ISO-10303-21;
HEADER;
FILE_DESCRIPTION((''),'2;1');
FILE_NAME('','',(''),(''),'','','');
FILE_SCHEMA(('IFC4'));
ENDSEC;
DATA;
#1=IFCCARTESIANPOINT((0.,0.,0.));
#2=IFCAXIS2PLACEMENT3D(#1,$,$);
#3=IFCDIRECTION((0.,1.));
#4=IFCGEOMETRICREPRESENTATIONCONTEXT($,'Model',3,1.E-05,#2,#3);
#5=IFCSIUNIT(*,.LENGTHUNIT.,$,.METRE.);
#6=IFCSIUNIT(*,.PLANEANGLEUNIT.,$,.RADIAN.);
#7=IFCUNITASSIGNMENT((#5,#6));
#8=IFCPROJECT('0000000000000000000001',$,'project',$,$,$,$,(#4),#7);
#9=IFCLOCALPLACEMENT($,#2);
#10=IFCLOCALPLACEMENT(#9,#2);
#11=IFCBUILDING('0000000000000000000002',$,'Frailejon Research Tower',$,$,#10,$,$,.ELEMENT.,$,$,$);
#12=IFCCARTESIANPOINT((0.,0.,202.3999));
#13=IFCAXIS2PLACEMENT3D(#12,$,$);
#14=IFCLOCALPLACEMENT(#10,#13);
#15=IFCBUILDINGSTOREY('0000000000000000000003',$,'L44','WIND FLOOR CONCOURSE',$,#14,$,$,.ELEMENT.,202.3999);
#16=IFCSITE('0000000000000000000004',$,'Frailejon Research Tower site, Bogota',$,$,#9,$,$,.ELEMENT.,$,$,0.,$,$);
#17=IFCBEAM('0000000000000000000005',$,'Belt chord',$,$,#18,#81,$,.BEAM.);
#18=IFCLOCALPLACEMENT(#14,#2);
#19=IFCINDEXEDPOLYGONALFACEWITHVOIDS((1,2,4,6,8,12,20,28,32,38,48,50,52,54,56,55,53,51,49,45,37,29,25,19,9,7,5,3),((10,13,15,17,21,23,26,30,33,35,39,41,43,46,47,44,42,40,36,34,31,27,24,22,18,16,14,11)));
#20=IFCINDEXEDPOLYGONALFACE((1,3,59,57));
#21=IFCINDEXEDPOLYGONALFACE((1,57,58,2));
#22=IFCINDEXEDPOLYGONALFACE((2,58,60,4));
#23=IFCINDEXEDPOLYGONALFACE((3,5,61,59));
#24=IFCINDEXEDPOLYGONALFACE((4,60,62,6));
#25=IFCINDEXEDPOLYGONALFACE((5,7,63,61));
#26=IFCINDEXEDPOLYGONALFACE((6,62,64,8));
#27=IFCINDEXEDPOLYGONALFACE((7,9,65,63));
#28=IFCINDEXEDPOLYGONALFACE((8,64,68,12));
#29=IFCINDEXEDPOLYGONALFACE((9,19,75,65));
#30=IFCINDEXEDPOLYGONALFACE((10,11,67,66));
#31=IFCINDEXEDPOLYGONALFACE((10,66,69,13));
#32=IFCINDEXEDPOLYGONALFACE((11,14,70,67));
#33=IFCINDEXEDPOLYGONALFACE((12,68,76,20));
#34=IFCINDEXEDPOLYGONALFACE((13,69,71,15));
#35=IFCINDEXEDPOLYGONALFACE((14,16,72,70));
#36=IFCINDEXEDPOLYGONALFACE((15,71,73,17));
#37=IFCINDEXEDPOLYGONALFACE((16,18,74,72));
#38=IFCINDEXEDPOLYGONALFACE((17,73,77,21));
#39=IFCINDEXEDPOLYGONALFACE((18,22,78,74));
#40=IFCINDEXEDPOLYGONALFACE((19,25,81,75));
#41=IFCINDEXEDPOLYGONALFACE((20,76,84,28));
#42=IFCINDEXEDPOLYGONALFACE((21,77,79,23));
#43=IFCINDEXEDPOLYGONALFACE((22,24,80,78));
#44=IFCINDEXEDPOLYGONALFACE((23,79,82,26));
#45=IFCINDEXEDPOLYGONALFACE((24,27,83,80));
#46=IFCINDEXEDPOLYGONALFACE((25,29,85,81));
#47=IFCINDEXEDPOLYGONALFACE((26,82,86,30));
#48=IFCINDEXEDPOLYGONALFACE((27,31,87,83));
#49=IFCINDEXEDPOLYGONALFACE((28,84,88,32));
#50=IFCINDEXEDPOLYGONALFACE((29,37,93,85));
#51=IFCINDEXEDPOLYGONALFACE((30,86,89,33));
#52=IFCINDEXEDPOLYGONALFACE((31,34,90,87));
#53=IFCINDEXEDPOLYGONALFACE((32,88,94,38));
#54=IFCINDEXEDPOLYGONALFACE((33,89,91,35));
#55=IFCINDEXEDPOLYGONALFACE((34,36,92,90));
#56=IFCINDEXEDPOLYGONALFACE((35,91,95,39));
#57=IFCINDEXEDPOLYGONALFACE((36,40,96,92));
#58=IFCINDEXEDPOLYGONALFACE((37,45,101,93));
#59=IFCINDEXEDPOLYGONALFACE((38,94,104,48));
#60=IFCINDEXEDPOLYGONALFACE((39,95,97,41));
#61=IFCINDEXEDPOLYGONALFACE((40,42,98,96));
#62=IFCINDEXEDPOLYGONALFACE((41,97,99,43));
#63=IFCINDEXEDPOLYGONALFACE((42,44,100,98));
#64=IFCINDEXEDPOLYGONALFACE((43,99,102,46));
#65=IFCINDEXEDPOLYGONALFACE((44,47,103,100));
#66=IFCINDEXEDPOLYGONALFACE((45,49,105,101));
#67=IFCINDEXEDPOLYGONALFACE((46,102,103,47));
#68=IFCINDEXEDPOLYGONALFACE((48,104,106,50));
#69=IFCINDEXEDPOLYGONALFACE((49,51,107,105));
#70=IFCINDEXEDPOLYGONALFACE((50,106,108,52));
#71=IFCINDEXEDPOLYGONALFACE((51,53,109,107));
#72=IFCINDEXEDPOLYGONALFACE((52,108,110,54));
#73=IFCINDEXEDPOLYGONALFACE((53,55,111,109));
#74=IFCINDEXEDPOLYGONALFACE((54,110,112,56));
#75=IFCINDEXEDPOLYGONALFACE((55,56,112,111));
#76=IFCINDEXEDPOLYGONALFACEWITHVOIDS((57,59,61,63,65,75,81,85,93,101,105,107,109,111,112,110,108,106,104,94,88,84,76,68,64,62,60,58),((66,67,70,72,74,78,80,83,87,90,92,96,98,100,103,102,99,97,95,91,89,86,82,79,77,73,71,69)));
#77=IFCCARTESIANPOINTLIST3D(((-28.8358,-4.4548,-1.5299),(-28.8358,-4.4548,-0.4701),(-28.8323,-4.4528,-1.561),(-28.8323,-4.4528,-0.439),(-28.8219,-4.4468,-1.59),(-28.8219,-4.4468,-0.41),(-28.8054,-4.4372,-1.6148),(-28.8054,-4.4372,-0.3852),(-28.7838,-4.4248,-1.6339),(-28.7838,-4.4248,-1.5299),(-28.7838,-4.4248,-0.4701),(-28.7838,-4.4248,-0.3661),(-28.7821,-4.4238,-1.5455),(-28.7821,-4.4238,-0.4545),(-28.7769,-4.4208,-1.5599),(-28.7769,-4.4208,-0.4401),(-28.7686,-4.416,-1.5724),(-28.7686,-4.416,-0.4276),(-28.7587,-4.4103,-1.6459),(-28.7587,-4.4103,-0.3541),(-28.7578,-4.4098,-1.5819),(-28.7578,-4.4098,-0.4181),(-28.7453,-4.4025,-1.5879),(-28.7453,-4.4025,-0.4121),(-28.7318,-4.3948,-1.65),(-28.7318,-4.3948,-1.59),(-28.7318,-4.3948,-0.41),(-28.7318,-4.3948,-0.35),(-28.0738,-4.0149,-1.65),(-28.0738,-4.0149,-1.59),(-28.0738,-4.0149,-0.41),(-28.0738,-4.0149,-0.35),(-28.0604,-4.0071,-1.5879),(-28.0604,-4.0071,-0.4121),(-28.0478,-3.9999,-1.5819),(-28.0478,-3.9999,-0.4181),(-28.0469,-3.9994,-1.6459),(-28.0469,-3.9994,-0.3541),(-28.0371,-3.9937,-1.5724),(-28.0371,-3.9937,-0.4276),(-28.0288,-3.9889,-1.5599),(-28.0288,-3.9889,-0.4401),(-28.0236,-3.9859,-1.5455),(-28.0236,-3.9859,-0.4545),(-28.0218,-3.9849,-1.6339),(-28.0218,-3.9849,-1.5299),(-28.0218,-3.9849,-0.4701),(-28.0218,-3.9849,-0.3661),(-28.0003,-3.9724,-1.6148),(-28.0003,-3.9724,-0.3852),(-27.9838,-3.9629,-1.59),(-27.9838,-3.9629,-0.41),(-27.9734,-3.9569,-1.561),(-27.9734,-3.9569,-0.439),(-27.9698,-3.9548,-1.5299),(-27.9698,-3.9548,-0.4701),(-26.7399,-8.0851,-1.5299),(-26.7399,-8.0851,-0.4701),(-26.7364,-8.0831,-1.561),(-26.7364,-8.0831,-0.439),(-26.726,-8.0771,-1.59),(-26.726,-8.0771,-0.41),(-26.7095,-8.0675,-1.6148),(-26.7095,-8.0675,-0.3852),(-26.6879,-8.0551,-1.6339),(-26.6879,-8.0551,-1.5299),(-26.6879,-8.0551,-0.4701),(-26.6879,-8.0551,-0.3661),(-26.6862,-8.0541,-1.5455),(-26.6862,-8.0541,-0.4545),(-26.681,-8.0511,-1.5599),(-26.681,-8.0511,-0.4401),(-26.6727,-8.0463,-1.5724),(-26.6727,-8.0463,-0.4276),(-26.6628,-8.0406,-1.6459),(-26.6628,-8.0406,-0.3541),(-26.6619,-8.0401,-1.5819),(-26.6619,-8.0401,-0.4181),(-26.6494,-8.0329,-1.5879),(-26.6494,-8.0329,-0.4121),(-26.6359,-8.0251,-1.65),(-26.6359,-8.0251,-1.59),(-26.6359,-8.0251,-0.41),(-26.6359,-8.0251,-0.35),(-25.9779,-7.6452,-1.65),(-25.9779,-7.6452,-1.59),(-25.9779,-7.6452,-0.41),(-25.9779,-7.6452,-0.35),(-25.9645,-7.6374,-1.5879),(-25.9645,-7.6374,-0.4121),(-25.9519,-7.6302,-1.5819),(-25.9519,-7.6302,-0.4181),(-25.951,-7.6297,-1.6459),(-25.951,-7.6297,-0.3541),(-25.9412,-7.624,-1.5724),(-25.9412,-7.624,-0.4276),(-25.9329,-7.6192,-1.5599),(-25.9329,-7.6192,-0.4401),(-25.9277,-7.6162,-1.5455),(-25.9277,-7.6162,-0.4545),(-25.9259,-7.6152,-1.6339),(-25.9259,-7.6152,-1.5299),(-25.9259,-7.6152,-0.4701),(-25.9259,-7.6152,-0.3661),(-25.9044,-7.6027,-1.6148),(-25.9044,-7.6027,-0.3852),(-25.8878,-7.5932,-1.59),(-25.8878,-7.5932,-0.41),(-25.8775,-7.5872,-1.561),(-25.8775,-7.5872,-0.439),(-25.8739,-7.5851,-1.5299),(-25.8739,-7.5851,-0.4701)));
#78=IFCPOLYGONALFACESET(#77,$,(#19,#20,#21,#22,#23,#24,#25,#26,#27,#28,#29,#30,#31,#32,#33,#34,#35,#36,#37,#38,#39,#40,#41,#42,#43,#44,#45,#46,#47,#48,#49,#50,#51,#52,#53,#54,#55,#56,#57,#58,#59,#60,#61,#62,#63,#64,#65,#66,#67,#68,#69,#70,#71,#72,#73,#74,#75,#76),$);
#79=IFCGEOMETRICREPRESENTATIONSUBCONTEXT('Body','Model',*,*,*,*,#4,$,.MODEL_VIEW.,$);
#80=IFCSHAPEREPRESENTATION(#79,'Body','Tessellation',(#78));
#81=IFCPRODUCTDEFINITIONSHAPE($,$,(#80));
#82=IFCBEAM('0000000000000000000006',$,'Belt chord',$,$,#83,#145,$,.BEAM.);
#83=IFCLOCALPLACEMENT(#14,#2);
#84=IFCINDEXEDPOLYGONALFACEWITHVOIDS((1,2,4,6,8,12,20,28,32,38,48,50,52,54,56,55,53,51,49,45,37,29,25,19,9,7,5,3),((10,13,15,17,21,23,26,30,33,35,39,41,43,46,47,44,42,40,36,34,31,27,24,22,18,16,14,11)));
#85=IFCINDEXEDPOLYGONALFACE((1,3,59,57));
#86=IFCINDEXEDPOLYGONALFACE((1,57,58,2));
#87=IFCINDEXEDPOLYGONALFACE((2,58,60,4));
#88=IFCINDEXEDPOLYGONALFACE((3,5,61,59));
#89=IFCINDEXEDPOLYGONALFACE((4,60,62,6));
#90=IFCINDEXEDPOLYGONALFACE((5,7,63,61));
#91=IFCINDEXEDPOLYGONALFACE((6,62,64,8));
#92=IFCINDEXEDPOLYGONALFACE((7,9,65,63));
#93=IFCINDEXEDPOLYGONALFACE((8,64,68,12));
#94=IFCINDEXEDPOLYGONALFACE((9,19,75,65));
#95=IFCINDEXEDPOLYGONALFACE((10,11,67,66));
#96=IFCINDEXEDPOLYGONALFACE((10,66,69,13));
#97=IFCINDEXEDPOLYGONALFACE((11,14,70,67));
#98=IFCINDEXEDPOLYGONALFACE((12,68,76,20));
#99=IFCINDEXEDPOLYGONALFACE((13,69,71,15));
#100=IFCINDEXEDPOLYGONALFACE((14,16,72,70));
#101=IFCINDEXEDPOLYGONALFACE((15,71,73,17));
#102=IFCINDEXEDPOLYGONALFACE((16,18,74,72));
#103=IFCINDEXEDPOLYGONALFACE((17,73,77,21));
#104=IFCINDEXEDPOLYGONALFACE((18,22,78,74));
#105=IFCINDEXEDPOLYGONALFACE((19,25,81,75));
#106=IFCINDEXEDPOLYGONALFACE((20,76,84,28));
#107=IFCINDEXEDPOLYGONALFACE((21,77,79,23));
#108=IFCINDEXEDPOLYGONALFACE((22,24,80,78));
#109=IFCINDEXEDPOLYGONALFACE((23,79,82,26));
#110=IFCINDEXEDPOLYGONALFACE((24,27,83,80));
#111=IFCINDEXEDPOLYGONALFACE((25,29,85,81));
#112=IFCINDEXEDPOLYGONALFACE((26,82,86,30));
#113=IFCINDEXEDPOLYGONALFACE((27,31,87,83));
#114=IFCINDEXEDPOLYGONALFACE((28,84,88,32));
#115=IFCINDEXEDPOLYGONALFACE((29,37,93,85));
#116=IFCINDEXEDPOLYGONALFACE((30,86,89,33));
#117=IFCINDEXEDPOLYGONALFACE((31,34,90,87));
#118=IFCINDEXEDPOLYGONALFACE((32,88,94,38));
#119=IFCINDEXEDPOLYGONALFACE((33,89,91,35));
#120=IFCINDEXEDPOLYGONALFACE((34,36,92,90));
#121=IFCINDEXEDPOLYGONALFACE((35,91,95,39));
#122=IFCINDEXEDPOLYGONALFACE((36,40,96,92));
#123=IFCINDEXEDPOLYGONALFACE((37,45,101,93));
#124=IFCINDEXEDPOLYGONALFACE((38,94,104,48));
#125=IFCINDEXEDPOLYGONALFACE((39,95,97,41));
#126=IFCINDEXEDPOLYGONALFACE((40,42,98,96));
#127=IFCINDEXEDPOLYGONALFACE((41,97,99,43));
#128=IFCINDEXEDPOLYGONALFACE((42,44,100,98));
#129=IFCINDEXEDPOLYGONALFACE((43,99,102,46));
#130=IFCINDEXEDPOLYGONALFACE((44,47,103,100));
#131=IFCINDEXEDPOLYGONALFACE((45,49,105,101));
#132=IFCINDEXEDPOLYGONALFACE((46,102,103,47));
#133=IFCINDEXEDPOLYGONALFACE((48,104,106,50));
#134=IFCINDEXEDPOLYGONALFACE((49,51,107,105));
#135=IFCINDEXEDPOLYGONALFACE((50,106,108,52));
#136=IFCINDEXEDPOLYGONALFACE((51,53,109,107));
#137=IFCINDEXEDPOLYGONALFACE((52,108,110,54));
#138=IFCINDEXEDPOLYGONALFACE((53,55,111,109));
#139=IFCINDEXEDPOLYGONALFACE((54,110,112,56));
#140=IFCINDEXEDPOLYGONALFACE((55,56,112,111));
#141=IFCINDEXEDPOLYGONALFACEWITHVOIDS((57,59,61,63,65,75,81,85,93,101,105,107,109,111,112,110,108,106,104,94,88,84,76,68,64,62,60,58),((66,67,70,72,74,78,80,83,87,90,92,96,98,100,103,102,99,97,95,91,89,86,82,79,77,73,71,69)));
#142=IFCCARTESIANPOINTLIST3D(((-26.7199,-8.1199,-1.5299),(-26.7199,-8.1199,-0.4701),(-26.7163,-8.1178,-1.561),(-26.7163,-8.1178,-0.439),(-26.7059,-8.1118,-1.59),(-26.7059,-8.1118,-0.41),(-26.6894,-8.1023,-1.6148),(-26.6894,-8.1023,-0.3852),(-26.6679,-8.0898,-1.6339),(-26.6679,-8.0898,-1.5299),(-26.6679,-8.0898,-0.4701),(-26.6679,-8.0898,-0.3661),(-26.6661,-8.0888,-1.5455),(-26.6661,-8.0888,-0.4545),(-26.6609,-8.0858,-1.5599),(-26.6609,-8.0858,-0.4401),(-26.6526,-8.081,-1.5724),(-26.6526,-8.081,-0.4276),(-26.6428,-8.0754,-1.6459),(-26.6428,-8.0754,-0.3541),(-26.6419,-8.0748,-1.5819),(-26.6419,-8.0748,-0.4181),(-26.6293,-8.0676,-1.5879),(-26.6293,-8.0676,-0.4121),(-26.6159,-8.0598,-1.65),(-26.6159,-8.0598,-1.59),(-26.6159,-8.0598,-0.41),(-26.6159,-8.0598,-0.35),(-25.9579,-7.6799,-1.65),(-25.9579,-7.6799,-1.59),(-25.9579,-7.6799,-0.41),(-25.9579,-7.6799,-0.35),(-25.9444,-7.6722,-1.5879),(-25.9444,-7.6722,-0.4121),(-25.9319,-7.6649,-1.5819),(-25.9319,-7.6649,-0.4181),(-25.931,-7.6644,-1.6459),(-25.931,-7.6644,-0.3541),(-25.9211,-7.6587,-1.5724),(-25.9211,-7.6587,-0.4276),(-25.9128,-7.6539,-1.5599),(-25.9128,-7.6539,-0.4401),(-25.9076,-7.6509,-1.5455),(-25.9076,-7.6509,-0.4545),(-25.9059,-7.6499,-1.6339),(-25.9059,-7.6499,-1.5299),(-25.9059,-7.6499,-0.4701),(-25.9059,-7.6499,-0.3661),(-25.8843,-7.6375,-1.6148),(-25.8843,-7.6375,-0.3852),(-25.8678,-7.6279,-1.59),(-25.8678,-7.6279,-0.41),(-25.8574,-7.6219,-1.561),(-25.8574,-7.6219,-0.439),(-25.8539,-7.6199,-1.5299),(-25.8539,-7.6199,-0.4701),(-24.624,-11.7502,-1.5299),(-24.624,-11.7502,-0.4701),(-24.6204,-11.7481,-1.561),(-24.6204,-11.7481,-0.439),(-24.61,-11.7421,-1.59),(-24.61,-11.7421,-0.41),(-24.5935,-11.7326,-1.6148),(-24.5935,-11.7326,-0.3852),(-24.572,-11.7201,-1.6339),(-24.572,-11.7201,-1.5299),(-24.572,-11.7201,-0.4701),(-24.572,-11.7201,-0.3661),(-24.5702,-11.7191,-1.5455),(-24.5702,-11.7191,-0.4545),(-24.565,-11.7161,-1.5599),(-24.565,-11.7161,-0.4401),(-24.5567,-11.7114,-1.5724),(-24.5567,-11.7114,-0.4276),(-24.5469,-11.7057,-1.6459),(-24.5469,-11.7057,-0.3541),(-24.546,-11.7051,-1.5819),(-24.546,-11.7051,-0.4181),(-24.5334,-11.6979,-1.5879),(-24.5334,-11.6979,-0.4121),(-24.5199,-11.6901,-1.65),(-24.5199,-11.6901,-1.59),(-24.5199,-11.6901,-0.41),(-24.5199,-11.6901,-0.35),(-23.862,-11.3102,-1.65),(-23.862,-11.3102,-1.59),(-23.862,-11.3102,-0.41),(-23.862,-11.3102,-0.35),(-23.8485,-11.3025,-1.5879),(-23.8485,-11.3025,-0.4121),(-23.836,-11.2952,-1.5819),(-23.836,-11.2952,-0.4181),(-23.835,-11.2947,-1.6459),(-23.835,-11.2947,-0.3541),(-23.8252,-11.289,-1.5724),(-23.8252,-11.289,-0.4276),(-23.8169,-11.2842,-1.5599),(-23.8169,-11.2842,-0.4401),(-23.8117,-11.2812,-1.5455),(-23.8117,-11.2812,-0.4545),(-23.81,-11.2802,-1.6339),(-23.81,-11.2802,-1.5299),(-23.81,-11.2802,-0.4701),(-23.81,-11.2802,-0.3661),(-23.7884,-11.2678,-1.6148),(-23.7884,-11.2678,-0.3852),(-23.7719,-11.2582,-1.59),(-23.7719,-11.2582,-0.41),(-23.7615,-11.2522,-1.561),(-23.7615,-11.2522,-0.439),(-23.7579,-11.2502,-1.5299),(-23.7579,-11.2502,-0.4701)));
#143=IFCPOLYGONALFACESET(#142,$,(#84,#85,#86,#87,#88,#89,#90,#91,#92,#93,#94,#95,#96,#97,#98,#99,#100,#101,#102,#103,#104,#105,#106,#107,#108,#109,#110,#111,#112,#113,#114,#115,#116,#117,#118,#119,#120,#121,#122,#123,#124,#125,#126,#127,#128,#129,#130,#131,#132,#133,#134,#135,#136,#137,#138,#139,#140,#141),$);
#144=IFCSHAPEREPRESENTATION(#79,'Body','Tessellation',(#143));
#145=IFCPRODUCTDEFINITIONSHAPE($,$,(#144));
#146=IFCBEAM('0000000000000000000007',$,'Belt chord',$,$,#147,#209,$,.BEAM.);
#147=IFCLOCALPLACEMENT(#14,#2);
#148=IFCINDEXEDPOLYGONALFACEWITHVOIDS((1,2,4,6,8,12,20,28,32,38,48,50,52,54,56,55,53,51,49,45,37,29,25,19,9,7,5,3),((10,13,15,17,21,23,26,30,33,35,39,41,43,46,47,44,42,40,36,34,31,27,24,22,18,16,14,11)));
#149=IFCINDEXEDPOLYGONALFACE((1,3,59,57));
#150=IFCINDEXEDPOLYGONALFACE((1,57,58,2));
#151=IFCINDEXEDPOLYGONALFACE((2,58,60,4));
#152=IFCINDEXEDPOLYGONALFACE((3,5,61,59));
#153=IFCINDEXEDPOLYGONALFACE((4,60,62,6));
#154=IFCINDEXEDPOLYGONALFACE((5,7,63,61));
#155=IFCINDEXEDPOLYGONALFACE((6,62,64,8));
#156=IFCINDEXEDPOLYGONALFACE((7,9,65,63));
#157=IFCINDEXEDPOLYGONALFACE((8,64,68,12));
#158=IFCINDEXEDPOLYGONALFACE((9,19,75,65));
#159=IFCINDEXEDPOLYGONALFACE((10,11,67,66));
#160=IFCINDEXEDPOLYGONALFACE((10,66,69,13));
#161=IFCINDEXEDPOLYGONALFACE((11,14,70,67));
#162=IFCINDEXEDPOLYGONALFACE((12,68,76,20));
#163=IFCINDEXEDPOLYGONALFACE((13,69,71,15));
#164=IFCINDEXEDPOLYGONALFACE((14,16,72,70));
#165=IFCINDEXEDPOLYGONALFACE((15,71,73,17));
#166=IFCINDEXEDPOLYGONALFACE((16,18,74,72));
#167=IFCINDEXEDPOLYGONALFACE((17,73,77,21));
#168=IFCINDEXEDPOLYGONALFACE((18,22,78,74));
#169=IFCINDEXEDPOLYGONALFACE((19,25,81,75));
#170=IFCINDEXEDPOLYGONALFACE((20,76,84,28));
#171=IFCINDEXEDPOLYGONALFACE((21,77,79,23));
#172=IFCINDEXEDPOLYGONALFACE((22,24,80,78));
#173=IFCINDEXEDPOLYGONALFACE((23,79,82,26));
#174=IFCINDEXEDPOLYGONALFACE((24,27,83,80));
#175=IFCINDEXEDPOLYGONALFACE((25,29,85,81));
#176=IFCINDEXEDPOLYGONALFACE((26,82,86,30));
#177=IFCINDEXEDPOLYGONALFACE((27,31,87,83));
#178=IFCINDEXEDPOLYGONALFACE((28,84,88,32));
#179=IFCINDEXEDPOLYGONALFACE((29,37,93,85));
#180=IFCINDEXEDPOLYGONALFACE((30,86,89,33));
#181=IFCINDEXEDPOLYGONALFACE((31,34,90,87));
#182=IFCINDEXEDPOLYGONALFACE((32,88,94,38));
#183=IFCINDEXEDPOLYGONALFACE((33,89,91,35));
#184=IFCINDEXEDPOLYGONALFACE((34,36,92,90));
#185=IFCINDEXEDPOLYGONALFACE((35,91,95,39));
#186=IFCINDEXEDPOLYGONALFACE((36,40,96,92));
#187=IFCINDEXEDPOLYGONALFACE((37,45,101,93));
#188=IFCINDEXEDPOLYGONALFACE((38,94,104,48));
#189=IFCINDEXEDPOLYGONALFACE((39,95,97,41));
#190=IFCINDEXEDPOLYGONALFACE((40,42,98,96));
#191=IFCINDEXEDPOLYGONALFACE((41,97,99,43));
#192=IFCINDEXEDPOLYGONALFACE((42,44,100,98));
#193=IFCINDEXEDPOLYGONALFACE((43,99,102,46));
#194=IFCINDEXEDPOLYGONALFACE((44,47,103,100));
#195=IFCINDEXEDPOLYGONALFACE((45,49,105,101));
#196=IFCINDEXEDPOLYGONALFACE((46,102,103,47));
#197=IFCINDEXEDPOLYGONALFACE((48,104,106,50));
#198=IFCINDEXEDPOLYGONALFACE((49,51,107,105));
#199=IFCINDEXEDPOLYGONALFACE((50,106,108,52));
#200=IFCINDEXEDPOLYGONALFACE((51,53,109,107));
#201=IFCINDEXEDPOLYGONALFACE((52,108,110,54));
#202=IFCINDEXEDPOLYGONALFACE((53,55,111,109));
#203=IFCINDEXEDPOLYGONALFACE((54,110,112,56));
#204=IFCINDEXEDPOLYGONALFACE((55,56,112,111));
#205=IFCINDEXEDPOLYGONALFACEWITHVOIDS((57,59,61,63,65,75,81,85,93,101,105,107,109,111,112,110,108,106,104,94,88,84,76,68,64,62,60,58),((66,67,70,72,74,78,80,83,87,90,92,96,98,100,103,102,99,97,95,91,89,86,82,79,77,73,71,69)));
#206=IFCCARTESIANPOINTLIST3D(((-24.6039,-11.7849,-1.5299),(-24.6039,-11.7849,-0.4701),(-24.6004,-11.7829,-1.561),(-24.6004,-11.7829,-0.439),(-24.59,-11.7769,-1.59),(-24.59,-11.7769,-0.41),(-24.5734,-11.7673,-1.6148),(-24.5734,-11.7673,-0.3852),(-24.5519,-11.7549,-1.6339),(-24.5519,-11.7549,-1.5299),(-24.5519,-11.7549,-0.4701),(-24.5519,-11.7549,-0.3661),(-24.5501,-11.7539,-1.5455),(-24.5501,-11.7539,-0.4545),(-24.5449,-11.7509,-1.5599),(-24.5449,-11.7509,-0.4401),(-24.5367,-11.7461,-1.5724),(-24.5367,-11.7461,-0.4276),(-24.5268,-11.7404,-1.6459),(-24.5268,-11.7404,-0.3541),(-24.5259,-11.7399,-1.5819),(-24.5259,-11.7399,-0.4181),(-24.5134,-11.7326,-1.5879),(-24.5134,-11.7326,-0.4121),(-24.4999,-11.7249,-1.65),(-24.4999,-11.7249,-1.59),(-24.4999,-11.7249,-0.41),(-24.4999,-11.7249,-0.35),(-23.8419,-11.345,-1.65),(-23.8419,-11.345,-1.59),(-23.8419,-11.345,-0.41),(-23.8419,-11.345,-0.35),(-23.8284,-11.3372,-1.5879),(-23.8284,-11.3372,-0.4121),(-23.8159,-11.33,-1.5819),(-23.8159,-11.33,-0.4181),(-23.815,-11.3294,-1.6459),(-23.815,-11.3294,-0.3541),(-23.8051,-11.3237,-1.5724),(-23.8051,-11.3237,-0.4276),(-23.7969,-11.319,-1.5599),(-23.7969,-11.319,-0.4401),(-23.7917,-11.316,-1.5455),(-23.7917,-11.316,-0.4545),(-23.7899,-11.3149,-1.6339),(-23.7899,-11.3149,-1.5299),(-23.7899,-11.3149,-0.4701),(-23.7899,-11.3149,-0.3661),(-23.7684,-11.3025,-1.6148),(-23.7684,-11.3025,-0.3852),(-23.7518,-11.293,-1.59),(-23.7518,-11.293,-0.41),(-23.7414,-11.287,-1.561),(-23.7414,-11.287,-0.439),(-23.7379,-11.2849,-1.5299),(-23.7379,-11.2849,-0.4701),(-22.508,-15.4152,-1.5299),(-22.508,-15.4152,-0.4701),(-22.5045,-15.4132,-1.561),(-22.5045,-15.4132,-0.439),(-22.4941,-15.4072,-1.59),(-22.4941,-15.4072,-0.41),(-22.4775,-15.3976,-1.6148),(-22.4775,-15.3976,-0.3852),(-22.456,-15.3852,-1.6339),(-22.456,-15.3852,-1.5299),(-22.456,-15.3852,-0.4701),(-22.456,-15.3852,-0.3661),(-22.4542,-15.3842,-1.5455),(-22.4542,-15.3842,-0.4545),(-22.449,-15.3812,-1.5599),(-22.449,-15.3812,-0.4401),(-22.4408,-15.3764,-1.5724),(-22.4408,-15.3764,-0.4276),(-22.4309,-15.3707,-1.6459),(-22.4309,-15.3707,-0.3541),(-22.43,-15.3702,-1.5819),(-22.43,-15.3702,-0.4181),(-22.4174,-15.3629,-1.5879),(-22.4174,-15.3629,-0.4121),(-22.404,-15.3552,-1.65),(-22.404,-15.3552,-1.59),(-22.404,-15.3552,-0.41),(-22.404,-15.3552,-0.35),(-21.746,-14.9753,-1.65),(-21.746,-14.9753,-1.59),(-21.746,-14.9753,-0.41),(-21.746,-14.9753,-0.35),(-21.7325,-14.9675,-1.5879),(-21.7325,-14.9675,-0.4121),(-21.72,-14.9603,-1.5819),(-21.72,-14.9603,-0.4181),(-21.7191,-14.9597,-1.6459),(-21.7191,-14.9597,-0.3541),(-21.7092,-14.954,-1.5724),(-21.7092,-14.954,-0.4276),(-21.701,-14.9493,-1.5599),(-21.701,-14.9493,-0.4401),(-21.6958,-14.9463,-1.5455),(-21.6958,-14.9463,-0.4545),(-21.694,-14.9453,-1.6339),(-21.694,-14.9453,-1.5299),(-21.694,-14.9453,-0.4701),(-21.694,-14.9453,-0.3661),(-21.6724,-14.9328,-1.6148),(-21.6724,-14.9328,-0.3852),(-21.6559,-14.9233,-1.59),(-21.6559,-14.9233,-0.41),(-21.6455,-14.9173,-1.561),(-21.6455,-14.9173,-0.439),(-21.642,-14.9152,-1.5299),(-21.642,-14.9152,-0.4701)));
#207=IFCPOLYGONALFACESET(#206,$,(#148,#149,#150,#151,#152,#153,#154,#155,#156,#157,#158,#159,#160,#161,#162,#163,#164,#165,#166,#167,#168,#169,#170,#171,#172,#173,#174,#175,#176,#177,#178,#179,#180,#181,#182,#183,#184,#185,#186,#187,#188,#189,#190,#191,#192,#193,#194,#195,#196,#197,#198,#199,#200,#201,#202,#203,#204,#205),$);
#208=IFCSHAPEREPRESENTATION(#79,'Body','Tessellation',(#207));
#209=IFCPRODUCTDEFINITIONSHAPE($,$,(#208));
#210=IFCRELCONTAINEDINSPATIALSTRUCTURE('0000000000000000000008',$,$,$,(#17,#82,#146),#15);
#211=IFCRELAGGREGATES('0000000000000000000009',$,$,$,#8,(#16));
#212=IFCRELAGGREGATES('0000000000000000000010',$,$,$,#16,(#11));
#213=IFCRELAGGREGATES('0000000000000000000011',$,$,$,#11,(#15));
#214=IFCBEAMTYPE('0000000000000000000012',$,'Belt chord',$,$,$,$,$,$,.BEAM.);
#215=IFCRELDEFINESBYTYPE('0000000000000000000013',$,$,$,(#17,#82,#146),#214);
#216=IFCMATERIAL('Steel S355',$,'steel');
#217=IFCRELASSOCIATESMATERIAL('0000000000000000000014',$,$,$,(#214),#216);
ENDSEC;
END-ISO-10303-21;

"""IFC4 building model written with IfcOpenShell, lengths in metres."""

from ifc_helpers import new_model, si_unit, direction, frame, origin, origin_2d, place, context, subcontext, project, spatial, hollow_rectangle, extrude, material, material_profile, profile_set, type_object, element, save


model = new_model("IFC4")

# Units and contexts
model_context = context("Model", 3, precision=1e-05, world=origin(), true_north=direction((0.0, 1.0)))
body_context = subcontext(model_context, "Body", "Model", "MODEL_VIEW")
ifc_project = project(units=[si_unit("LENGTHUNIT", "METRE"), si_unit("PLANEANGLEUNIT", "RADIAN")], contexts=[model_context])

# Site, building, storey
site_placement = place(None, origin())
site = spatial("IfcSite", under=ifc_project, at=site_placement, Name="Frailejon Research Tower site, Bogota", CompositionType="ELEMENT", RefElevation=0.0)
building_placement = place(site_placement, origin())
building = spatial("IfcBuilding", under=site, at=building_placement, Name="Frailejon Research Tower", CompositionType="ELEMENT")
storey_placement = place(building_placement, frame((0.0, 0.0, 202.3999)))
storey = spatial("IfcBuildingStorey", under=building, at=storey_placement, Name="L44", Description="WIND FLOOR CONCOURSE", CompositionType="ELEMENT", Elevation=202.3999)

# Beams
ifc_material_1 = material(Name="Steel S355", Category="steel")
ifc_material_profile_1 = material_profile(ifc_material_1, hollow_rectangle(XDim=1.0, YDim=1.3, WallThickness=0.0601, InnerFilletRadius=0.0601, OuterFilletRadius=0.1201, at=origin_2d()), Name="Belt chord")
ifc_profile_set_1 = profile_set([ifc_material_profile_1], Name="Steel S355")
beam_type_1 = type_object("IfcBeamType", Name="Belt chord", PredefinedType="BEAM", material=ifc_profile_set_1)
for number, where, z_axis, x_axis, name in (
    (1, (-28.4028, -4.2048, -1.0), (0.499991, -0.86603, 0.0), (0.86603, 0.499991, 0.0), "Belt chord"),
    (2, (-26.2869, -7.8699, -1.0), (0.499991, -0.86603, 0.0), (0.86603, 0.499991, 0.0), "Belt chord"),
    (3, (-24.1709, -11.5349, -1.0), (0.499991, -0.86603, 0.0), (0.86603, 0.499991, 0.0), "Belt chord"),
):
    element("IfcBeam", number, at=place(storey_placement, frame(where, z_axis=z_axis, x_axis=x_axis)), inside=storey, type_object=beam_type_1, Name=name, PredefinedType="BEAM", context=body_context, shape_type="SweptSolid", body=[
        extrude(hollow_rectangle(XDim=1.0, YDim=1.3, WallThickness=0.0601, InnerFilletRadius=0.0601, OuterFilletRadius=0.1201, at=origin_2d()), origin(), (0.0, 0.0, 1.0), 4.1919),
    ])

save(model, "model.ifc")
